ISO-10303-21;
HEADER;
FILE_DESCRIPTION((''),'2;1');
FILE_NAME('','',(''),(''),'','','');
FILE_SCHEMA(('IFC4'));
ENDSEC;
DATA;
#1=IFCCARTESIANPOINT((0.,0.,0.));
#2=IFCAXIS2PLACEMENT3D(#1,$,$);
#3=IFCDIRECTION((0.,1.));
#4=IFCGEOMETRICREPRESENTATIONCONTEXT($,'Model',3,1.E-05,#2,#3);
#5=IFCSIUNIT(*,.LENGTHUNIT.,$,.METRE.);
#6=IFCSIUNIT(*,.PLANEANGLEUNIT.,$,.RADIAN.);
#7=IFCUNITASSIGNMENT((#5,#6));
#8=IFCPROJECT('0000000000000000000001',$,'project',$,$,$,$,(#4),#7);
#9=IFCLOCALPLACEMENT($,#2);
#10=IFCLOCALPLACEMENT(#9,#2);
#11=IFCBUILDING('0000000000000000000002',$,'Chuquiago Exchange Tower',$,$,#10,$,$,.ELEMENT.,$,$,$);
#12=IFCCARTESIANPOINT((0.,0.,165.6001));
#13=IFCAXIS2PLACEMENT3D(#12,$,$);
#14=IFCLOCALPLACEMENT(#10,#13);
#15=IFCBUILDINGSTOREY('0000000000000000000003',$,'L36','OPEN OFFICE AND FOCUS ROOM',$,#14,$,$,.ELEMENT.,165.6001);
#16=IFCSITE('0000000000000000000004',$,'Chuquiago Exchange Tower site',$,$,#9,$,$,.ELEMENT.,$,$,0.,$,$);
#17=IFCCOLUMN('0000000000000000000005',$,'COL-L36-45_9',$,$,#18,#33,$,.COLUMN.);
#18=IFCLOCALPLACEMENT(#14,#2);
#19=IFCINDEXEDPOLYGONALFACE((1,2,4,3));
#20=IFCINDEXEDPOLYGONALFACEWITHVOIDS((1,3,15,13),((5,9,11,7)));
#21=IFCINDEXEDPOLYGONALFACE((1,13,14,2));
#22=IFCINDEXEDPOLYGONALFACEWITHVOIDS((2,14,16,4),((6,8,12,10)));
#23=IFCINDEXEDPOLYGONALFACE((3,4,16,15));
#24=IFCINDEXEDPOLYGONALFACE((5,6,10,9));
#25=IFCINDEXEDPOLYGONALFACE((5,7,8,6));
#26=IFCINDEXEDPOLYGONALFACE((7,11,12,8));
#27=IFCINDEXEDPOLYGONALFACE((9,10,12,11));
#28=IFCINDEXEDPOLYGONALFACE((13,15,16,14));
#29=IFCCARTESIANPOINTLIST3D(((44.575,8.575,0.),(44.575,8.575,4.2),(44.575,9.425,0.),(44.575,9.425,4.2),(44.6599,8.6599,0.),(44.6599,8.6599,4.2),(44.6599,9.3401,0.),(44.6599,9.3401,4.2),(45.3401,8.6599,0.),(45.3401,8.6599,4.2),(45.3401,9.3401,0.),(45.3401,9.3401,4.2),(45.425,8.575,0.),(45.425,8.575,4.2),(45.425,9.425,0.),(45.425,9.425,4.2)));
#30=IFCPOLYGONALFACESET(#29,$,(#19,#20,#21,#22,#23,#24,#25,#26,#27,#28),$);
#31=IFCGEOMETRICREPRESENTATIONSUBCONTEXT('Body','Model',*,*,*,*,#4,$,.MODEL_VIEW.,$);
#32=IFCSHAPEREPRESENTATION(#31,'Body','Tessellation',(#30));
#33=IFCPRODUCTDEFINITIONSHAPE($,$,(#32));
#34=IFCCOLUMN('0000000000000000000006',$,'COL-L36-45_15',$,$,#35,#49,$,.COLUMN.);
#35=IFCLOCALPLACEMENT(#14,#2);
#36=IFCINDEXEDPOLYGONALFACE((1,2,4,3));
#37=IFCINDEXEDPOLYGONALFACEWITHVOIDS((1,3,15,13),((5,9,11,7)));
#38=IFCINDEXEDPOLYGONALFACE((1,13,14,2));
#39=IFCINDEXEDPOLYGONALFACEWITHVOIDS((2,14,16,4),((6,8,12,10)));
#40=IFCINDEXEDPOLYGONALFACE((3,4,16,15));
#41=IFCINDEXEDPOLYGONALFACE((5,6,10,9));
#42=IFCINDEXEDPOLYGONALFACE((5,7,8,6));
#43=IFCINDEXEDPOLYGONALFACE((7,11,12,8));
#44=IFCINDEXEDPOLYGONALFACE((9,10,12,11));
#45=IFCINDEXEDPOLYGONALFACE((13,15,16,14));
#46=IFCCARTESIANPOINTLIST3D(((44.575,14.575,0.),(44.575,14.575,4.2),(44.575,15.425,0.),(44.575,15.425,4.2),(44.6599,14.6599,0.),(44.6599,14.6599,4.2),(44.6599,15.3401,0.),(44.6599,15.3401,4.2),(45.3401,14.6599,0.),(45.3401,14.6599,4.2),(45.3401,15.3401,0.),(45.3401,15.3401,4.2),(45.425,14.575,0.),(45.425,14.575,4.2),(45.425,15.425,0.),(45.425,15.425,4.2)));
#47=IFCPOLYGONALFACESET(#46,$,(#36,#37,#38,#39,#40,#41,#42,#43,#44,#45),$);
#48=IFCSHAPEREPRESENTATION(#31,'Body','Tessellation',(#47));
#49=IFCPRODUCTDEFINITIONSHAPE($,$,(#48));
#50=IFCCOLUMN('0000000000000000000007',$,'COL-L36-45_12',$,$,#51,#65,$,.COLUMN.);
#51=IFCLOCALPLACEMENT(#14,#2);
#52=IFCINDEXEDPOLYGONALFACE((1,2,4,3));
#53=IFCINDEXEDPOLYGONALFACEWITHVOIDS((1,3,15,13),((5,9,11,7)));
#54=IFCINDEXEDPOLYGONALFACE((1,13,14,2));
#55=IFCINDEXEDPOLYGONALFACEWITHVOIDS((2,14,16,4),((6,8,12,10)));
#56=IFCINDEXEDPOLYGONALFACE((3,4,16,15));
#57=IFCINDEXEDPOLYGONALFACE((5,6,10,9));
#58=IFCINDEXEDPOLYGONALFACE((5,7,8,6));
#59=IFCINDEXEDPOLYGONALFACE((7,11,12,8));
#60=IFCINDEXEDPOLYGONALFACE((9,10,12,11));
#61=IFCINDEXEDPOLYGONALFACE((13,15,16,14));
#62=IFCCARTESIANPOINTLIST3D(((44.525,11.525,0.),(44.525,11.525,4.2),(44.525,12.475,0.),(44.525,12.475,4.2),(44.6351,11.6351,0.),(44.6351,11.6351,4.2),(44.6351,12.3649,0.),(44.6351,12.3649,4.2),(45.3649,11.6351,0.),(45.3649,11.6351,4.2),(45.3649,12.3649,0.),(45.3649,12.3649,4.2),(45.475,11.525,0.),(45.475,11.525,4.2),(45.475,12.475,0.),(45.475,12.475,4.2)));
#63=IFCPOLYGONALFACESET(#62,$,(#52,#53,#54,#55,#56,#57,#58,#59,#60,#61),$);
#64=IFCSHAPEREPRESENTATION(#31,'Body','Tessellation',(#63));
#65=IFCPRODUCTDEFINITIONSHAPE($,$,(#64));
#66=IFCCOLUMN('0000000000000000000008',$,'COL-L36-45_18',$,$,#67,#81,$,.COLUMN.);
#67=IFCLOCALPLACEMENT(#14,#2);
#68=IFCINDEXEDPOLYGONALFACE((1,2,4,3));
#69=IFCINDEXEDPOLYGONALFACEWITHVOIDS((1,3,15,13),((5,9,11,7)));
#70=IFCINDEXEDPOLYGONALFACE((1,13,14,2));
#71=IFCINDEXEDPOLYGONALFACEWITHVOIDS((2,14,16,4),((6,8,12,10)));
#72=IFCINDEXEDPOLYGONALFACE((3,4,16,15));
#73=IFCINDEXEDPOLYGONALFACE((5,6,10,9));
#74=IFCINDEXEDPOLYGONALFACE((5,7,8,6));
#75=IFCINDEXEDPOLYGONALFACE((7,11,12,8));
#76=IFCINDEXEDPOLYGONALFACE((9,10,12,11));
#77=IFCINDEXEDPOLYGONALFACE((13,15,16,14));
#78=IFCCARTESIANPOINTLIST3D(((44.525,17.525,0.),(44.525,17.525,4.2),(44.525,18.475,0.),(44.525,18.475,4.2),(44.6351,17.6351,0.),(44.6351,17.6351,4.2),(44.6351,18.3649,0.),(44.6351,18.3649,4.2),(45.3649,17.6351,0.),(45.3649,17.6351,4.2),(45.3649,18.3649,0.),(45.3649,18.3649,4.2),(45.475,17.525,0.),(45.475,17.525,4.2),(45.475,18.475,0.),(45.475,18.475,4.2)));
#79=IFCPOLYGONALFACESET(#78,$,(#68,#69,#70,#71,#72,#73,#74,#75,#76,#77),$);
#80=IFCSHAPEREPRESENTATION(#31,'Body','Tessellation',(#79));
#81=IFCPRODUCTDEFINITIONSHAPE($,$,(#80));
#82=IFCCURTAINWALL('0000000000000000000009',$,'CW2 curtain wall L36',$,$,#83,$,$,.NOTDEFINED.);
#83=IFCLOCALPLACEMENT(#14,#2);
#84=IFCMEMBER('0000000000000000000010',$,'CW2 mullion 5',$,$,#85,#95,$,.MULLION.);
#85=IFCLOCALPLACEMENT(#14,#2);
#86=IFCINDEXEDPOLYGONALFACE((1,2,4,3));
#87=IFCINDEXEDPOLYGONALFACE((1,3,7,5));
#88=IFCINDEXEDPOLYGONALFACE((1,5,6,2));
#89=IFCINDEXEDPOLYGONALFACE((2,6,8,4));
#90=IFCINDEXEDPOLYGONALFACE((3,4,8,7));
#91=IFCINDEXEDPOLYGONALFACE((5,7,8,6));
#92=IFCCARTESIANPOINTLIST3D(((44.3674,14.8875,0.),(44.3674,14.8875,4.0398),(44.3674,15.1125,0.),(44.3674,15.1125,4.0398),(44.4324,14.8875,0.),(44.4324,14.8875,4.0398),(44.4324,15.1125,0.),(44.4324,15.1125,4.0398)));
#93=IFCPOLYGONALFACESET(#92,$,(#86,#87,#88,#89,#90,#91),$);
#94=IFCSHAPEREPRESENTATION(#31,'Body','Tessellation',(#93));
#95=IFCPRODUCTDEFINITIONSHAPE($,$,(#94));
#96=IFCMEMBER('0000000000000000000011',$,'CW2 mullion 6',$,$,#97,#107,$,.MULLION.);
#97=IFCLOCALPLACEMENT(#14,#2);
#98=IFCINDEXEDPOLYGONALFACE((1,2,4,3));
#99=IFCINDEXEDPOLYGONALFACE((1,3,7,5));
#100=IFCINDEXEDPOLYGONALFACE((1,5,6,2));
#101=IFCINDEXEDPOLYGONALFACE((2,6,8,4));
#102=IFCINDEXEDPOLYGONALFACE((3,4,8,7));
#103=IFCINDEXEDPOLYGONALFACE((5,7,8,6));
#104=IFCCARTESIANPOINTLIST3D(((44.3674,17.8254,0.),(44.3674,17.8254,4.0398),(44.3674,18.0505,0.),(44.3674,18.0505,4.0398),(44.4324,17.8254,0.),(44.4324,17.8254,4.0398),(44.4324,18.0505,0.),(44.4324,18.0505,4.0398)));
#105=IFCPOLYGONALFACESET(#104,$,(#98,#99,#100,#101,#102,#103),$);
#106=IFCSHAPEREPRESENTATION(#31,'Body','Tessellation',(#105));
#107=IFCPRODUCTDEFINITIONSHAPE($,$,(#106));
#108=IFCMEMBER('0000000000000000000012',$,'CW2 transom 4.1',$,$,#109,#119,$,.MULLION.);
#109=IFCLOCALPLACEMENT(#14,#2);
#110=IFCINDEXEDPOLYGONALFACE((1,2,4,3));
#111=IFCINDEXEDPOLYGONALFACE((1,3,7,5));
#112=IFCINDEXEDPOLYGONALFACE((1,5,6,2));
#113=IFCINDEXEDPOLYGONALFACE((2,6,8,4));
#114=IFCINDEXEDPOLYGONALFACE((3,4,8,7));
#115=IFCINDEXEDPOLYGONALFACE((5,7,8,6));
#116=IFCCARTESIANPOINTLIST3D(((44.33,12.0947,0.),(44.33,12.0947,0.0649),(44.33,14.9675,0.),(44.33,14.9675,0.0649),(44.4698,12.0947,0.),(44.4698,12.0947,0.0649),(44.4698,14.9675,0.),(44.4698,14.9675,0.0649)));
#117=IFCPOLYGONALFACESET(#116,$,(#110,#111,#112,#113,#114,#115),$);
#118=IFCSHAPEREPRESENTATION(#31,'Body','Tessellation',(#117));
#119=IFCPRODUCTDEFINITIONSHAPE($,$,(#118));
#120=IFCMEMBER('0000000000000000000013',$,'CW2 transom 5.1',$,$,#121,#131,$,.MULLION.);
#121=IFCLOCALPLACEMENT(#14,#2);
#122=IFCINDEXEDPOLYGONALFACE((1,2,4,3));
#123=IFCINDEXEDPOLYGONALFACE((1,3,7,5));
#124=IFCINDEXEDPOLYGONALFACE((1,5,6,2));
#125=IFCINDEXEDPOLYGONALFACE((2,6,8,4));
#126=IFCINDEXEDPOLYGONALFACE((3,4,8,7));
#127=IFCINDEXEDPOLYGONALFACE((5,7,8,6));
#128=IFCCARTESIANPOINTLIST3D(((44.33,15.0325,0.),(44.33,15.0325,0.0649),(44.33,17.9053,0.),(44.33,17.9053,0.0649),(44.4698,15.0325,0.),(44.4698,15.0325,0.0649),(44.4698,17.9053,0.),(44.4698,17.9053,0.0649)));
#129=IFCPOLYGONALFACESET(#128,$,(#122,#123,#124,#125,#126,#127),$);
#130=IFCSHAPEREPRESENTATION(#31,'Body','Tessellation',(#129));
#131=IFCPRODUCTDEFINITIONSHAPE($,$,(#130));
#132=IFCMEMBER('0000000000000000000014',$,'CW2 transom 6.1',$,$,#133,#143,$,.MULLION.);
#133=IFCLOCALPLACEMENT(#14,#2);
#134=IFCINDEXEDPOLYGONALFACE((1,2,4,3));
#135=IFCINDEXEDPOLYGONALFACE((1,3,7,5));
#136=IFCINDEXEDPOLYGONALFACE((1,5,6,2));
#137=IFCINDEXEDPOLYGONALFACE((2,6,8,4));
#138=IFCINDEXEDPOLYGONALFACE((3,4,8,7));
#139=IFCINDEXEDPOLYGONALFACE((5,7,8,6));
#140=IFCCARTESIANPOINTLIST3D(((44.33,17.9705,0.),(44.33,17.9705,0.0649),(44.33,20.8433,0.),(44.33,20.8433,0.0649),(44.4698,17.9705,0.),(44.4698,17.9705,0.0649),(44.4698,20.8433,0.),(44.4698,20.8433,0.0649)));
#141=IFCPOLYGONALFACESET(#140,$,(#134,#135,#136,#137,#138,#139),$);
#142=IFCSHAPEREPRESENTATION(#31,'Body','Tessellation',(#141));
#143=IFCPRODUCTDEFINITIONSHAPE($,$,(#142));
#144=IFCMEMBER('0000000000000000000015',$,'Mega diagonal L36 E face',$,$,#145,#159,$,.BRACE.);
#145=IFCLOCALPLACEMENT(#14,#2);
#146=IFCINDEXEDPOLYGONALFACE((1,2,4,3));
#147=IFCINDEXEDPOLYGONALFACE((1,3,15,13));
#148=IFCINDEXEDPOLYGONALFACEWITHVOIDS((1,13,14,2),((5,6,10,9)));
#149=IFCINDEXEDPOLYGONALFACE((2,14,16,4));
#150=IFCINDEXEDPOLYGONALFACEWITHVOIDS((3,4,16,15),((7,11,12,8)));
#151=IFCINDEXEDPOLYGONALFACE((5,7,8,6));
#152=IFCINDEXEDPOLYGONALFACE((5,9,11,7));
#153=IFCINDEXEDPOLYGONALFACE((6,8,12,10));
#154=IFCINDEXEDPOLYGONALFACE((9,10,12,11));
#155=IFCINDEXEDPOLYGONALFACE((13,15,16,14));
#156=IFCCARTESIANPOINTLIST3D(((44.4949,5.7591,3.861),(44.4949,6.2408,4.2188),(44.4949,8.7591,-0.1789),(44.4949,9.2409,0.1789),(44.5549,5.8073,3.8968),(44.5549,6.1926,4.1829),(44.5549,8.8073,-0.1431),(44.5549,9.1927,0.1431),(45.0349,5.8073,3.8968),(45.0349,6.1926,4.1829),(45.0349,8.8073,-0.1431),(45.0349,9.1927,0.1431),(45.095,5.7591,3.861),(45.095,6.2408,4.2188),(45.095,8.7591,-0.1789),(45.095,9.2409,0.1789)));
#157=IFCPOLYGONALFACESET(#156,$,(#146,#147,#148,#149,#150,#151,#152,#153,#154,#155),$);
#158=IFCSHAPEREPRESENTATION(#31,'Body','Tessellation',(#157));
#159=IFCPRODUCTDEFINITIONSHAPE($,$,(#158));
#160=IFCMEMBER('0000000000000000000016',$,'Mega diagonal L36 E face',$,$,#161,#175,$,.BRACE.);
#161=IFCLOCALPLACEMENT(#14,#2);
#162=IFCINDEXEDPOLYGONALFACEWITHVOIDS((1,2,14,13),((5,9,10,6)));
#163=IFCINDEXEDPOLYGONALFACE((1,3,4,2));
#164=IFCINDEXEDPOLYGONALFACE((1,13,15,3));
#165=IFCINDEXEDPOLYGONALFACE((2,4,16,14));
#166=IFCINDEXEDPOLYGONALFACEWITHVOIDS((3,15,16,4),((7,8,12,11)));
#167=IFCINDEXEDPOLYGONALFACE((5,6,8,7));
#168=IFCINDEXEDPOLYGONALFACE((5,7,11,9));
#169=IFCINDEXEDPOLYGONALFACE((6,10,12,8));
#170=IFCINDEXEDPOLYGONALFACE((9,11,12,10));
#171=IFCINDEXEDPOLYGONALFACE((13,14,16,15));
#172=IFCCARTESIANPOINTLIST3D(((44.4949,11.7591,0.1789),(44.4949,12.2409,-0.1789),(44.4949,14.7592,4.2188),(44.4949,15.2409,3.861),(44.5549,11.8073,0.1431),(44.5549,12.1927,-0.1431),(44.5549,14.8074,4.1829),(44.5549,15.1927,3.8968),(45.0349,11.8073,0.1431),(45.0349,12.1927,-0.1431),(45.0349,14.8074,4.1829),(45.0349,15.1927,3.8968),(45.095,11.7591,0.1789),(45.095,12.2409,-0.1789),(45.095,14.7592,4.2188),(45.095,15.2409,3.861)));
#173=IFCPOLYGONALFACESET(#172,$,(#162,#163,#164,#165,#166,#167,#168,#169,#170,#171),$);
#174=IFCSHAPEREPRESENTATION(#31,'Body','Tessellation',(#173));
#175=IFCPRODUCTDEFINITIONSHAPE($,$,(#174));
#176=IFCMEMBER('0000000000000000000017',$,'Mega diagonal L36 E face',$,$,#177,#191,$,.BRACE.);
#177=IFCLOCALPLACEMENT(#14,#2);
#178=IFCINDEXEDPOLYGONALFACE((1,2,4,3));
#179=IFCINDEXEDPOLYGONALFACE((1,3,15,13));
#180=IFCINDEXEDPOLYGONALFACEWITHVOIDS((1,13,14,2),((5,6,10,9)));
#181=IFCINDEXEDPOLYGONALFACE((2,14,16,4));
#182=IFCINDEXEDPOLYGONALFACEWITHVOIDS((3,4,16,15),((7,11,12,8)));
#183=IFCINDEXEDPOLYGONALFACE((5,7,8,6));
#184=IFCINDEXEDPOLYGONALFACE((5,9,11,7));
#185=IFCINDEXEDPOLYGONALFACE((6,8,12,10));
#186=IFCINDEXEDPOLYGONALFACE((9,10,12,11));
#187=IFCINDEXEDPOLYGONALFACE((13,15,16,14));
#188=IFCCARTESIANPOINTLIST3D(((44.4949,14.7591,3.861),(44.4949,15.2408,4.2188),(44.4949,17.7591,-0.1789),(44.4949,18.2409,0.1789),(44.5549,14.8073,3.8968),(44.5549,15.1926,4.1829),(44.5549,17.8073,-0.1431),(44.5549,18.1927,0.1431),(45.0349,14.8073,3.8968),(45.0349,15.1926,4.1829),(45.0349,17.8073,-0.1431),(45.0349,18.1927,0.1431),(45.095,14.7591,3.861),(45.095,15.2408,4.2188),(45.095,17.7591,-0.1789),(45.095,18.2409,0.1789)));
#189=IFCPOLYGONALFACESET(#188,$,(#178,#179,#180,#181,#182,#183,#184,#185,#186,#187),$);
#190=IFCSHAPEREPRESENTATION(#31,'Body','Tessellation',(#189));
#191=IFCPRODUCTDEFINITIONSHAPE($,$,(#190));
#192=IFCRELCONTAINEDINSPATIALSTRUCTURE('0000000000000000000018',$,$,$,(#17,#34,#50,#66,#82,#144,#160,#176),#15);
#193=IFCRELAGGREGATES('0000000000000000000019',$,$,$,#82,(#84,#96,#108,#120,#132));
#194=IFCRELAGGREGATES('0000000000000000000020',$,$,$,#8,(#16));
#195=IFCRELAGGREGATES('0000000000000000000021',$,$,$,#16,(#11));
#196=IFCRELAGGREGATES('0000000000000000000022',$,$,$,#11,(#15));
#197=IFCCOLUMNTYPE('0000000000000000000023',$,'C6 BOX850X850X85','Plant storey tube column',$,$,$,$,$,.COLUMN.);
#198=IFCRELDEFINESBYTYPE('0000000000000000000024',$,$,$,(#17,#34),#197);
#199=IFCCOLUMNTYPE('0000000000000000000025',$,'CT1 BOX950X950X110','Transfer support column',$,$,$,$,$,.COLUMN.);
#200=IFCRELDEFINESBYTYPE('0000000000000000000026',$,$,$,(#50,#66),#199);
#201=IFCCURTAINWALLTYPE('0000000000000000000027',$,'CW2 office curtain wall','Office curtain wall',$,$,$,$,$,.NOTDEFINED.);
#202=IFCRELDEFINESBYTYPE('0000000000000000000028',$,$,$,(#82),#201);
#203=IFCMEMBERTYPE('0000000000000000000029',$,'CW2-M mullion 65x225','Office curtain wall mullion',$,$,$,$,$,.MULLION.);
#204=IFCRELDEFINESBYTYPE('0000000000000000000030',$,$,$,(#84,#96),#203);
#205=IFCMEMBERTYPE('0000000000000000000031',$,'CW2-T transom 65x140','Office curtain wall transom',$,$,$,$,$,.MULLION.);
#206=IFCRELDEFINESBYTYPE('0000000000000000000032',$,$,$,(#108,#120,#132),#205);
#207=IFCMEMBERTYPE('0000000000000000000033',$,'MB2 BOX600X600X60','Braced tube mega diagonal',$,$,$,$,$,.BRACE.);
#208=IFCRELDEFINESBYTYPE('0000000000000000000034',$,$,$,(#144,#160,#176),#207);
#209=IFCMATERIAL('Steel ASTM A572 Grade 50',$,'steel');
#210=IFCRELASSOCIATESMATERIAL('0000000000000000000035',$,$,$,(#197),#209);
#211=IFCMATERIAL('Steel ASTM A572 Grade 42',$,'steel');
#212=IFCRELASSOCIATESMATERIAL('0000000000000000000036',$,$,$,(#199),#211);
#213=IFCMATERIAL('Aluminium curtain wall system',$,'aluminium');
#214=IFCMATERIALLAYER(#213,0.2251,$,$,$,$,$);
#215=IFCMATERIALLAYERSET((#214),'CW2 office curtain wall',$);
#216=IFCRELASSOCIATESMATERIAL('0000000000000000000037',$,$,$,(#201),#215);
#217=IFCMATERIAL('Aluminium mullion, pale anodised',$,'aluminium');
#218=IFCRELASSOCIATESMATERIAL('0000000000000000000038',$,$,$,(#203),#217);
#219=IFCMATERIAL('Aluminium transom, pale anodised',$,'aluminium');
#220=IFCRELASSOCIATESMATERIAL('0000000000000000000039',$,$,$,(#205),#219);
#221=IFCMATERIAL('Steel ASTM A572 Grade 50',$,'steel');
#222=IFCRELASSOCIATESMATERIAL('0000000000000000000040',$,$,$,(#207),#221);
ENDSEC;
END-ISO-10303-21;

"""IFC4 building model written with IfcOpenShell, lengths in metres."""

from ifc_helpers import new_model, si_unit, direction, frame, origin, origin_2d, place, context, subcontext, project, spatial, rectangle, hollow_rectangle, extrude, material, layer, layer_set, material_profile, profile_set, type_object, element, aggregate, save


model = new_model("IFC4")

# Units and contexts
model_context = context("Model", 3, precision=1e-05, world=origin(), true_north=direction((0.0, 1.0)))
body_context = subcontext(model_context, "Body", "Model", "MODEL_VIEW")
ifc_project = project(units=[si_unit("LENGTHUNIT", "METRE"), si_unit("PLANEANGLEUNIT", "RADIAN")], contexts=[model_context])

# Site, building, storey
site_placement = place(None, origin())
site = spatial("IfcSite", under=ifc_project, at=site_placement, Name="Chuquiago Exchange Tower site", CompositionType="ELEMENT", RefElevation=0.0)
building_placement = place(site_placement, origin())
building = spatial("IfcBuilding", under=site, at=building_placement, Name="Chuquiago Exchange Tower", CompositionType="ELEMENT")
storey_placement = place(building_placement, frame((0.0, 0.0, 165.6001)))
storey = spatial("IfcBuildingStorey", under=building, at=storey_placement, Name="L36", Description="OPEN OFFICE AND FOCUS ROOM", CompositionType="ELEMENT", Elevation=165.6001)

# Columns
ifc_material_1 = material(Name="Steel ASTM A572 Grade 50", Category="steel")
ifc_material_profile_1 = material_profile(ifc_material_1, hollow_rectangle(XDim=0.8501, YDim=0.8501, WallThickness=0.085, at=origin_2d()), Name="BOX850X850X85")
ifc_profile_set_1 = profile_set([ifc_material_profile_1], Name="Steel ASTM A572 Grade 50")
column_type_1 = type_object("IfcColumnType", Name="C6 BOX850X850X85", Description="Plant storey tube column", PredefinedType="COLUMN", material=ifc_profile_set_1)
for number, where, z_axis, x_axis, name in (
    (1, (45.0, 9.0, 0.0), (0.0, 0.0, 1.0), (1.0, 0.0, 0.0), "COL-L36-45_9"),
    (2, (45.0, 15.0, 0.0), (0.0, 0.0, 1.0), (1.0, 0.0, 0.0), "COL-L36-45_15"),
):
    element("IfcColumn", number, at=place(storey_placement, frame(where, z_axis=z_axis, x_axis=x_axis)), inside=storey, type_object=column_type_1, Name=name, PredefinedType="COLUMN", context=body_context, shape_type="SweptSolid", body=[
        extrude(hollow_rectangle(XDim=0.8501, YDim=0.8501, WallThickness=0.085, at=origin_2d()), origin(), (0.0, 0.0, 1.0), 4.2),
    ])
ifc_material_2 = material(Name="Steel ASTM A572 Grade 42", Category="steel")
ifc_material_profile_2 = material_profile(ifc_material_2, hollow_rectangle(XDim=0.95, YDim=0.95, WallThickness=0.1101, at=origin_2d()), Name="BOX950X950X110")
ifc_profile_set_2 = profile_set([ifc_material_profile_2], Name="Steel ASTM A572 Grade 42")
column_type_2 = type_object("IfcColumnType", Name="CT1 BOX950X950X110", Description="Transfer support column", PredefinedType="COLUMN", material=ifc_profile_set_2)
for number, where, z_axis, x_axis, name in (
    (3, (45.0, 12.0, 0.0), (0.0, 0.0, 1.0), (1.0, 0.0, 0.0), "COL-L36-45_12"),
    (4, (45.0, 18.0, 0.0), (0.0, 0.0, 1.0), (1.0, 0.0, 0.0), "COL-L36-45_18"),
):
    element("IfcColumn", number, at=place(storey_placement, frame(where, z_axis=z_axis, x_axis=x_axis)), inside=storey, type_object=column_type_2, Name=name, PredefinedType="COLUMN", context=body_context, shape_type="SweptSolid", body=[
        extrude(hollow_rectangle(XDim=0.95, YDim=0.95, WallThickness=0.1101, at=origin_2d()), origin(), (0.0, 0.0, 1.0), 4.2),
    ])

# Curtain wall, members
ifc_material_3 = material(Name="Aluminium curtain wall system", Category="aluminium")
ifc_layer_1 = layer(ifc_material_3, 0.2251)
ifc_layer_set_1 = layer_set([ifc_layer_1], Name="CW2 office curtain wall")
curtain_wall_type = type_object("IfcCurtainWallType", Name="CW2 office curtain wall", Description="Office curtain wall", PredefinedType="NOTDEFINED", material=ifc_layer_set_1)
curtain_wall_placement = place(storey_placement, origin())
curtain_wall = element("IfcCurtainWall", 5, at=curtain_wall_placement, inside=storey, type_object=curtain_wall_type, Name="CW2 curtain wall L36", PredefinedType="NOTDEFINED")
ifc_material_4 = material(Name="Aluminium mullion, pale anodised", Category="aluminium")
ifc_material_profile_3 = material_profile(ifc_material_4, rectangle(XDim=0.0649, YDim=0.2251, at=origin_2d()), Name="AL 65x225")
ifc_profile_set_3 = profile_set([ifc_material_profile_3], Name="Aluminium mullion, pale anodised")
member_type_1 = type_object("IfcMemberType", Name="CW2-M mullion 65x225", Description="Office curtain wall mullion", PredefinedType="MULLION", material=ifc_profile_set_3)
member_1_placement = place(storey_placement, frame((44.3999, 15.0, 0.0), z_axis=(0.0, 0.0, 1.0), x_axis=(-1.0, 0.0, 0.0)))
member_1 = element("IfcMember", 6, at=member_1_placement, type_object=member_type_1, Name="CW2 mullion 5", PredefinedType="MULLION", context=body_context, shape_type="SweptSolid", body=[
    extrude(rectangle(XDim=0.0649, YDim=0.2251, at=origin_2d()), origin(), (0.0, 0.0, 1.0), 4.0398),
])
member_2_placement = place(storey_placement, frame((44.3999, 17.938, 0.0), z_axis=(0.0, 0.0, 1.0), x_axis=(-1.0, 0.0, 0.0)))
member_2 = element("IfcMember", 7, at=member_2_placement, type_object=member_type_1, Name="CW2 mullion 6", PredefinedType="MULLION", context=body_context, shape_type="SweptSolid", body=[
    extrude(rectangle(XDim=0.0649, YDim=0.2251, at=origin_2d()), origin(), (0.0, 0.0, 1.0), 4.0398),
])
ifc_material_5 = material(Name="Aluminium transom, pale anodised", Category="aluminium")
ifc_material_profile_4 = material_profile(ifc_material_5, rectangle(XDim=0.1399, YDim=0.0649, at=origin_2d()), Name="AL 140x65")
ifc_profile_set_4 = profile_set([ifc_material_profile_4], Name="Aluminium transom, pale anodised")
member_type_2 = type_object("IfcMemberType", Name="CW2-T transom 65x140", Description="Office curtain wall transom", PredefinedType="MULLION", material=ifc_profile_set_4)
member_3_placement = place(storey_placement, frame((44.3999, 12.0947, 0.0325), z_axis=(0.0, 1.0, 0.0), x_axis=(-1.0, 0.0, 0.0)))
member_3 = element("IfcMember", 8, at=member_3_placement, type_object=member_type_2, Name="CW2 transom 4.1", PredefinedType="MULLION", context=body_context, shape_type="SweptSolid", body=[
    extrude(rectangle(XDim=0.1399, YDim=0.0649, at=origin_2d()), origin(), (0.0, 0.0, 1.0), 2.8728),
])
member_4_placement = place(storey_placement, frame((44.3999, 15.0325, 0.0325), z_axis=(0.0, 1.0, 0.0), x_axis=(-1.0, 0.0, 0.0)))
member_4 = element("IfcMember", 9, at=member_4_placement, type_object=member_type_2, Name="CW2 transom 5.1", PredefinedType="MULLION", context=body_context, shape_type="SweptSolid", body=[
    extrude(rectangle(XDim=0.1399, YDim=0.0649, at=origin_2d()), origin(), (0.0, 0.0, 1.0), 2.8728),
])
member_5_placement = place(storey_placement, frame((44.3999, 17.9705, 0.0325), z_axis=(0.0, 1.0, 0.0), x_axis=(-1.0, 0.0, 0.0)))
member_5 = element("IfcMember", 10, at=member_5_placement, type_object=member_type_2, Name="CW2 transom 6.1", PredefinedType="MULLION", context=body_context, shape_type="SweptSolid", body=[
    extrude(rectangle(XDim=0.1399, YDim=0.0649, at=origin_2d()), origin(), (0.0, 0.0, 1.0), 2.8728),
])

# Members
ifc_material_6 = material(Name="Steel ASTM A572 Grade 50", Category="steel")
ifc_material_profile_5 = material_profile(ifc_material_6, hollow_rectangle(XDim=0.6001, YDim=0.6001, WallThickness=0.0601, at=origin_2d()), Name="BOX600X600X60")
ifc_profile_set_5 = profile_set([ifc_material_profile_5], Name="Steel ASTM A572 Grade 50")
member_type_3 = type_object("IfcMemberType", Name="MB2 BOX600X600X60", Description="Braced tube mega diagonal", PredefinedType="BRACE", material=ifc_profile_set_5)
for number, where, z_axis, x_axis, name in (
    (11, (44.7949, 9.0, 0.0), (0.0, -0.596197, 0.802838), (1.0, 0.0, 0.0), "Mega diagonal L36 E face"),
    (12, (44.7949, 12.0, 0.0), (0.0, 0.596197, 0.802838), (-1.0, 0.0, 0.0), "Mega diagonal L36 E face"),
    (13, (44.7949, 18.0, 0.0), (0.0, -0.596197, 0.802838), (1.0, 0.0, 0.0), "Mega diagonal L36 E face"),
):
    element("IfcMember", number, at=place(storey_placement, frame(where, z_axis=z_axis, x_axis=x_axis)), inside=storey, type_object=member_type_3, Name=name, PredefinedType="BRACE", context=body_context, shape_type="SweptSolid", body=[
        extrude(hollow_rectangle(XDim=0.6001, YDim=0.6001, WallThickness=0.0601, at=origin_2d()), origin(), (0.0, 0.0, 1.0), 5.032),
    ])

aggregate(curtain_wall, [member_1, member_2, member_3, member_4, member_5])

save(model, "model.ifc")
